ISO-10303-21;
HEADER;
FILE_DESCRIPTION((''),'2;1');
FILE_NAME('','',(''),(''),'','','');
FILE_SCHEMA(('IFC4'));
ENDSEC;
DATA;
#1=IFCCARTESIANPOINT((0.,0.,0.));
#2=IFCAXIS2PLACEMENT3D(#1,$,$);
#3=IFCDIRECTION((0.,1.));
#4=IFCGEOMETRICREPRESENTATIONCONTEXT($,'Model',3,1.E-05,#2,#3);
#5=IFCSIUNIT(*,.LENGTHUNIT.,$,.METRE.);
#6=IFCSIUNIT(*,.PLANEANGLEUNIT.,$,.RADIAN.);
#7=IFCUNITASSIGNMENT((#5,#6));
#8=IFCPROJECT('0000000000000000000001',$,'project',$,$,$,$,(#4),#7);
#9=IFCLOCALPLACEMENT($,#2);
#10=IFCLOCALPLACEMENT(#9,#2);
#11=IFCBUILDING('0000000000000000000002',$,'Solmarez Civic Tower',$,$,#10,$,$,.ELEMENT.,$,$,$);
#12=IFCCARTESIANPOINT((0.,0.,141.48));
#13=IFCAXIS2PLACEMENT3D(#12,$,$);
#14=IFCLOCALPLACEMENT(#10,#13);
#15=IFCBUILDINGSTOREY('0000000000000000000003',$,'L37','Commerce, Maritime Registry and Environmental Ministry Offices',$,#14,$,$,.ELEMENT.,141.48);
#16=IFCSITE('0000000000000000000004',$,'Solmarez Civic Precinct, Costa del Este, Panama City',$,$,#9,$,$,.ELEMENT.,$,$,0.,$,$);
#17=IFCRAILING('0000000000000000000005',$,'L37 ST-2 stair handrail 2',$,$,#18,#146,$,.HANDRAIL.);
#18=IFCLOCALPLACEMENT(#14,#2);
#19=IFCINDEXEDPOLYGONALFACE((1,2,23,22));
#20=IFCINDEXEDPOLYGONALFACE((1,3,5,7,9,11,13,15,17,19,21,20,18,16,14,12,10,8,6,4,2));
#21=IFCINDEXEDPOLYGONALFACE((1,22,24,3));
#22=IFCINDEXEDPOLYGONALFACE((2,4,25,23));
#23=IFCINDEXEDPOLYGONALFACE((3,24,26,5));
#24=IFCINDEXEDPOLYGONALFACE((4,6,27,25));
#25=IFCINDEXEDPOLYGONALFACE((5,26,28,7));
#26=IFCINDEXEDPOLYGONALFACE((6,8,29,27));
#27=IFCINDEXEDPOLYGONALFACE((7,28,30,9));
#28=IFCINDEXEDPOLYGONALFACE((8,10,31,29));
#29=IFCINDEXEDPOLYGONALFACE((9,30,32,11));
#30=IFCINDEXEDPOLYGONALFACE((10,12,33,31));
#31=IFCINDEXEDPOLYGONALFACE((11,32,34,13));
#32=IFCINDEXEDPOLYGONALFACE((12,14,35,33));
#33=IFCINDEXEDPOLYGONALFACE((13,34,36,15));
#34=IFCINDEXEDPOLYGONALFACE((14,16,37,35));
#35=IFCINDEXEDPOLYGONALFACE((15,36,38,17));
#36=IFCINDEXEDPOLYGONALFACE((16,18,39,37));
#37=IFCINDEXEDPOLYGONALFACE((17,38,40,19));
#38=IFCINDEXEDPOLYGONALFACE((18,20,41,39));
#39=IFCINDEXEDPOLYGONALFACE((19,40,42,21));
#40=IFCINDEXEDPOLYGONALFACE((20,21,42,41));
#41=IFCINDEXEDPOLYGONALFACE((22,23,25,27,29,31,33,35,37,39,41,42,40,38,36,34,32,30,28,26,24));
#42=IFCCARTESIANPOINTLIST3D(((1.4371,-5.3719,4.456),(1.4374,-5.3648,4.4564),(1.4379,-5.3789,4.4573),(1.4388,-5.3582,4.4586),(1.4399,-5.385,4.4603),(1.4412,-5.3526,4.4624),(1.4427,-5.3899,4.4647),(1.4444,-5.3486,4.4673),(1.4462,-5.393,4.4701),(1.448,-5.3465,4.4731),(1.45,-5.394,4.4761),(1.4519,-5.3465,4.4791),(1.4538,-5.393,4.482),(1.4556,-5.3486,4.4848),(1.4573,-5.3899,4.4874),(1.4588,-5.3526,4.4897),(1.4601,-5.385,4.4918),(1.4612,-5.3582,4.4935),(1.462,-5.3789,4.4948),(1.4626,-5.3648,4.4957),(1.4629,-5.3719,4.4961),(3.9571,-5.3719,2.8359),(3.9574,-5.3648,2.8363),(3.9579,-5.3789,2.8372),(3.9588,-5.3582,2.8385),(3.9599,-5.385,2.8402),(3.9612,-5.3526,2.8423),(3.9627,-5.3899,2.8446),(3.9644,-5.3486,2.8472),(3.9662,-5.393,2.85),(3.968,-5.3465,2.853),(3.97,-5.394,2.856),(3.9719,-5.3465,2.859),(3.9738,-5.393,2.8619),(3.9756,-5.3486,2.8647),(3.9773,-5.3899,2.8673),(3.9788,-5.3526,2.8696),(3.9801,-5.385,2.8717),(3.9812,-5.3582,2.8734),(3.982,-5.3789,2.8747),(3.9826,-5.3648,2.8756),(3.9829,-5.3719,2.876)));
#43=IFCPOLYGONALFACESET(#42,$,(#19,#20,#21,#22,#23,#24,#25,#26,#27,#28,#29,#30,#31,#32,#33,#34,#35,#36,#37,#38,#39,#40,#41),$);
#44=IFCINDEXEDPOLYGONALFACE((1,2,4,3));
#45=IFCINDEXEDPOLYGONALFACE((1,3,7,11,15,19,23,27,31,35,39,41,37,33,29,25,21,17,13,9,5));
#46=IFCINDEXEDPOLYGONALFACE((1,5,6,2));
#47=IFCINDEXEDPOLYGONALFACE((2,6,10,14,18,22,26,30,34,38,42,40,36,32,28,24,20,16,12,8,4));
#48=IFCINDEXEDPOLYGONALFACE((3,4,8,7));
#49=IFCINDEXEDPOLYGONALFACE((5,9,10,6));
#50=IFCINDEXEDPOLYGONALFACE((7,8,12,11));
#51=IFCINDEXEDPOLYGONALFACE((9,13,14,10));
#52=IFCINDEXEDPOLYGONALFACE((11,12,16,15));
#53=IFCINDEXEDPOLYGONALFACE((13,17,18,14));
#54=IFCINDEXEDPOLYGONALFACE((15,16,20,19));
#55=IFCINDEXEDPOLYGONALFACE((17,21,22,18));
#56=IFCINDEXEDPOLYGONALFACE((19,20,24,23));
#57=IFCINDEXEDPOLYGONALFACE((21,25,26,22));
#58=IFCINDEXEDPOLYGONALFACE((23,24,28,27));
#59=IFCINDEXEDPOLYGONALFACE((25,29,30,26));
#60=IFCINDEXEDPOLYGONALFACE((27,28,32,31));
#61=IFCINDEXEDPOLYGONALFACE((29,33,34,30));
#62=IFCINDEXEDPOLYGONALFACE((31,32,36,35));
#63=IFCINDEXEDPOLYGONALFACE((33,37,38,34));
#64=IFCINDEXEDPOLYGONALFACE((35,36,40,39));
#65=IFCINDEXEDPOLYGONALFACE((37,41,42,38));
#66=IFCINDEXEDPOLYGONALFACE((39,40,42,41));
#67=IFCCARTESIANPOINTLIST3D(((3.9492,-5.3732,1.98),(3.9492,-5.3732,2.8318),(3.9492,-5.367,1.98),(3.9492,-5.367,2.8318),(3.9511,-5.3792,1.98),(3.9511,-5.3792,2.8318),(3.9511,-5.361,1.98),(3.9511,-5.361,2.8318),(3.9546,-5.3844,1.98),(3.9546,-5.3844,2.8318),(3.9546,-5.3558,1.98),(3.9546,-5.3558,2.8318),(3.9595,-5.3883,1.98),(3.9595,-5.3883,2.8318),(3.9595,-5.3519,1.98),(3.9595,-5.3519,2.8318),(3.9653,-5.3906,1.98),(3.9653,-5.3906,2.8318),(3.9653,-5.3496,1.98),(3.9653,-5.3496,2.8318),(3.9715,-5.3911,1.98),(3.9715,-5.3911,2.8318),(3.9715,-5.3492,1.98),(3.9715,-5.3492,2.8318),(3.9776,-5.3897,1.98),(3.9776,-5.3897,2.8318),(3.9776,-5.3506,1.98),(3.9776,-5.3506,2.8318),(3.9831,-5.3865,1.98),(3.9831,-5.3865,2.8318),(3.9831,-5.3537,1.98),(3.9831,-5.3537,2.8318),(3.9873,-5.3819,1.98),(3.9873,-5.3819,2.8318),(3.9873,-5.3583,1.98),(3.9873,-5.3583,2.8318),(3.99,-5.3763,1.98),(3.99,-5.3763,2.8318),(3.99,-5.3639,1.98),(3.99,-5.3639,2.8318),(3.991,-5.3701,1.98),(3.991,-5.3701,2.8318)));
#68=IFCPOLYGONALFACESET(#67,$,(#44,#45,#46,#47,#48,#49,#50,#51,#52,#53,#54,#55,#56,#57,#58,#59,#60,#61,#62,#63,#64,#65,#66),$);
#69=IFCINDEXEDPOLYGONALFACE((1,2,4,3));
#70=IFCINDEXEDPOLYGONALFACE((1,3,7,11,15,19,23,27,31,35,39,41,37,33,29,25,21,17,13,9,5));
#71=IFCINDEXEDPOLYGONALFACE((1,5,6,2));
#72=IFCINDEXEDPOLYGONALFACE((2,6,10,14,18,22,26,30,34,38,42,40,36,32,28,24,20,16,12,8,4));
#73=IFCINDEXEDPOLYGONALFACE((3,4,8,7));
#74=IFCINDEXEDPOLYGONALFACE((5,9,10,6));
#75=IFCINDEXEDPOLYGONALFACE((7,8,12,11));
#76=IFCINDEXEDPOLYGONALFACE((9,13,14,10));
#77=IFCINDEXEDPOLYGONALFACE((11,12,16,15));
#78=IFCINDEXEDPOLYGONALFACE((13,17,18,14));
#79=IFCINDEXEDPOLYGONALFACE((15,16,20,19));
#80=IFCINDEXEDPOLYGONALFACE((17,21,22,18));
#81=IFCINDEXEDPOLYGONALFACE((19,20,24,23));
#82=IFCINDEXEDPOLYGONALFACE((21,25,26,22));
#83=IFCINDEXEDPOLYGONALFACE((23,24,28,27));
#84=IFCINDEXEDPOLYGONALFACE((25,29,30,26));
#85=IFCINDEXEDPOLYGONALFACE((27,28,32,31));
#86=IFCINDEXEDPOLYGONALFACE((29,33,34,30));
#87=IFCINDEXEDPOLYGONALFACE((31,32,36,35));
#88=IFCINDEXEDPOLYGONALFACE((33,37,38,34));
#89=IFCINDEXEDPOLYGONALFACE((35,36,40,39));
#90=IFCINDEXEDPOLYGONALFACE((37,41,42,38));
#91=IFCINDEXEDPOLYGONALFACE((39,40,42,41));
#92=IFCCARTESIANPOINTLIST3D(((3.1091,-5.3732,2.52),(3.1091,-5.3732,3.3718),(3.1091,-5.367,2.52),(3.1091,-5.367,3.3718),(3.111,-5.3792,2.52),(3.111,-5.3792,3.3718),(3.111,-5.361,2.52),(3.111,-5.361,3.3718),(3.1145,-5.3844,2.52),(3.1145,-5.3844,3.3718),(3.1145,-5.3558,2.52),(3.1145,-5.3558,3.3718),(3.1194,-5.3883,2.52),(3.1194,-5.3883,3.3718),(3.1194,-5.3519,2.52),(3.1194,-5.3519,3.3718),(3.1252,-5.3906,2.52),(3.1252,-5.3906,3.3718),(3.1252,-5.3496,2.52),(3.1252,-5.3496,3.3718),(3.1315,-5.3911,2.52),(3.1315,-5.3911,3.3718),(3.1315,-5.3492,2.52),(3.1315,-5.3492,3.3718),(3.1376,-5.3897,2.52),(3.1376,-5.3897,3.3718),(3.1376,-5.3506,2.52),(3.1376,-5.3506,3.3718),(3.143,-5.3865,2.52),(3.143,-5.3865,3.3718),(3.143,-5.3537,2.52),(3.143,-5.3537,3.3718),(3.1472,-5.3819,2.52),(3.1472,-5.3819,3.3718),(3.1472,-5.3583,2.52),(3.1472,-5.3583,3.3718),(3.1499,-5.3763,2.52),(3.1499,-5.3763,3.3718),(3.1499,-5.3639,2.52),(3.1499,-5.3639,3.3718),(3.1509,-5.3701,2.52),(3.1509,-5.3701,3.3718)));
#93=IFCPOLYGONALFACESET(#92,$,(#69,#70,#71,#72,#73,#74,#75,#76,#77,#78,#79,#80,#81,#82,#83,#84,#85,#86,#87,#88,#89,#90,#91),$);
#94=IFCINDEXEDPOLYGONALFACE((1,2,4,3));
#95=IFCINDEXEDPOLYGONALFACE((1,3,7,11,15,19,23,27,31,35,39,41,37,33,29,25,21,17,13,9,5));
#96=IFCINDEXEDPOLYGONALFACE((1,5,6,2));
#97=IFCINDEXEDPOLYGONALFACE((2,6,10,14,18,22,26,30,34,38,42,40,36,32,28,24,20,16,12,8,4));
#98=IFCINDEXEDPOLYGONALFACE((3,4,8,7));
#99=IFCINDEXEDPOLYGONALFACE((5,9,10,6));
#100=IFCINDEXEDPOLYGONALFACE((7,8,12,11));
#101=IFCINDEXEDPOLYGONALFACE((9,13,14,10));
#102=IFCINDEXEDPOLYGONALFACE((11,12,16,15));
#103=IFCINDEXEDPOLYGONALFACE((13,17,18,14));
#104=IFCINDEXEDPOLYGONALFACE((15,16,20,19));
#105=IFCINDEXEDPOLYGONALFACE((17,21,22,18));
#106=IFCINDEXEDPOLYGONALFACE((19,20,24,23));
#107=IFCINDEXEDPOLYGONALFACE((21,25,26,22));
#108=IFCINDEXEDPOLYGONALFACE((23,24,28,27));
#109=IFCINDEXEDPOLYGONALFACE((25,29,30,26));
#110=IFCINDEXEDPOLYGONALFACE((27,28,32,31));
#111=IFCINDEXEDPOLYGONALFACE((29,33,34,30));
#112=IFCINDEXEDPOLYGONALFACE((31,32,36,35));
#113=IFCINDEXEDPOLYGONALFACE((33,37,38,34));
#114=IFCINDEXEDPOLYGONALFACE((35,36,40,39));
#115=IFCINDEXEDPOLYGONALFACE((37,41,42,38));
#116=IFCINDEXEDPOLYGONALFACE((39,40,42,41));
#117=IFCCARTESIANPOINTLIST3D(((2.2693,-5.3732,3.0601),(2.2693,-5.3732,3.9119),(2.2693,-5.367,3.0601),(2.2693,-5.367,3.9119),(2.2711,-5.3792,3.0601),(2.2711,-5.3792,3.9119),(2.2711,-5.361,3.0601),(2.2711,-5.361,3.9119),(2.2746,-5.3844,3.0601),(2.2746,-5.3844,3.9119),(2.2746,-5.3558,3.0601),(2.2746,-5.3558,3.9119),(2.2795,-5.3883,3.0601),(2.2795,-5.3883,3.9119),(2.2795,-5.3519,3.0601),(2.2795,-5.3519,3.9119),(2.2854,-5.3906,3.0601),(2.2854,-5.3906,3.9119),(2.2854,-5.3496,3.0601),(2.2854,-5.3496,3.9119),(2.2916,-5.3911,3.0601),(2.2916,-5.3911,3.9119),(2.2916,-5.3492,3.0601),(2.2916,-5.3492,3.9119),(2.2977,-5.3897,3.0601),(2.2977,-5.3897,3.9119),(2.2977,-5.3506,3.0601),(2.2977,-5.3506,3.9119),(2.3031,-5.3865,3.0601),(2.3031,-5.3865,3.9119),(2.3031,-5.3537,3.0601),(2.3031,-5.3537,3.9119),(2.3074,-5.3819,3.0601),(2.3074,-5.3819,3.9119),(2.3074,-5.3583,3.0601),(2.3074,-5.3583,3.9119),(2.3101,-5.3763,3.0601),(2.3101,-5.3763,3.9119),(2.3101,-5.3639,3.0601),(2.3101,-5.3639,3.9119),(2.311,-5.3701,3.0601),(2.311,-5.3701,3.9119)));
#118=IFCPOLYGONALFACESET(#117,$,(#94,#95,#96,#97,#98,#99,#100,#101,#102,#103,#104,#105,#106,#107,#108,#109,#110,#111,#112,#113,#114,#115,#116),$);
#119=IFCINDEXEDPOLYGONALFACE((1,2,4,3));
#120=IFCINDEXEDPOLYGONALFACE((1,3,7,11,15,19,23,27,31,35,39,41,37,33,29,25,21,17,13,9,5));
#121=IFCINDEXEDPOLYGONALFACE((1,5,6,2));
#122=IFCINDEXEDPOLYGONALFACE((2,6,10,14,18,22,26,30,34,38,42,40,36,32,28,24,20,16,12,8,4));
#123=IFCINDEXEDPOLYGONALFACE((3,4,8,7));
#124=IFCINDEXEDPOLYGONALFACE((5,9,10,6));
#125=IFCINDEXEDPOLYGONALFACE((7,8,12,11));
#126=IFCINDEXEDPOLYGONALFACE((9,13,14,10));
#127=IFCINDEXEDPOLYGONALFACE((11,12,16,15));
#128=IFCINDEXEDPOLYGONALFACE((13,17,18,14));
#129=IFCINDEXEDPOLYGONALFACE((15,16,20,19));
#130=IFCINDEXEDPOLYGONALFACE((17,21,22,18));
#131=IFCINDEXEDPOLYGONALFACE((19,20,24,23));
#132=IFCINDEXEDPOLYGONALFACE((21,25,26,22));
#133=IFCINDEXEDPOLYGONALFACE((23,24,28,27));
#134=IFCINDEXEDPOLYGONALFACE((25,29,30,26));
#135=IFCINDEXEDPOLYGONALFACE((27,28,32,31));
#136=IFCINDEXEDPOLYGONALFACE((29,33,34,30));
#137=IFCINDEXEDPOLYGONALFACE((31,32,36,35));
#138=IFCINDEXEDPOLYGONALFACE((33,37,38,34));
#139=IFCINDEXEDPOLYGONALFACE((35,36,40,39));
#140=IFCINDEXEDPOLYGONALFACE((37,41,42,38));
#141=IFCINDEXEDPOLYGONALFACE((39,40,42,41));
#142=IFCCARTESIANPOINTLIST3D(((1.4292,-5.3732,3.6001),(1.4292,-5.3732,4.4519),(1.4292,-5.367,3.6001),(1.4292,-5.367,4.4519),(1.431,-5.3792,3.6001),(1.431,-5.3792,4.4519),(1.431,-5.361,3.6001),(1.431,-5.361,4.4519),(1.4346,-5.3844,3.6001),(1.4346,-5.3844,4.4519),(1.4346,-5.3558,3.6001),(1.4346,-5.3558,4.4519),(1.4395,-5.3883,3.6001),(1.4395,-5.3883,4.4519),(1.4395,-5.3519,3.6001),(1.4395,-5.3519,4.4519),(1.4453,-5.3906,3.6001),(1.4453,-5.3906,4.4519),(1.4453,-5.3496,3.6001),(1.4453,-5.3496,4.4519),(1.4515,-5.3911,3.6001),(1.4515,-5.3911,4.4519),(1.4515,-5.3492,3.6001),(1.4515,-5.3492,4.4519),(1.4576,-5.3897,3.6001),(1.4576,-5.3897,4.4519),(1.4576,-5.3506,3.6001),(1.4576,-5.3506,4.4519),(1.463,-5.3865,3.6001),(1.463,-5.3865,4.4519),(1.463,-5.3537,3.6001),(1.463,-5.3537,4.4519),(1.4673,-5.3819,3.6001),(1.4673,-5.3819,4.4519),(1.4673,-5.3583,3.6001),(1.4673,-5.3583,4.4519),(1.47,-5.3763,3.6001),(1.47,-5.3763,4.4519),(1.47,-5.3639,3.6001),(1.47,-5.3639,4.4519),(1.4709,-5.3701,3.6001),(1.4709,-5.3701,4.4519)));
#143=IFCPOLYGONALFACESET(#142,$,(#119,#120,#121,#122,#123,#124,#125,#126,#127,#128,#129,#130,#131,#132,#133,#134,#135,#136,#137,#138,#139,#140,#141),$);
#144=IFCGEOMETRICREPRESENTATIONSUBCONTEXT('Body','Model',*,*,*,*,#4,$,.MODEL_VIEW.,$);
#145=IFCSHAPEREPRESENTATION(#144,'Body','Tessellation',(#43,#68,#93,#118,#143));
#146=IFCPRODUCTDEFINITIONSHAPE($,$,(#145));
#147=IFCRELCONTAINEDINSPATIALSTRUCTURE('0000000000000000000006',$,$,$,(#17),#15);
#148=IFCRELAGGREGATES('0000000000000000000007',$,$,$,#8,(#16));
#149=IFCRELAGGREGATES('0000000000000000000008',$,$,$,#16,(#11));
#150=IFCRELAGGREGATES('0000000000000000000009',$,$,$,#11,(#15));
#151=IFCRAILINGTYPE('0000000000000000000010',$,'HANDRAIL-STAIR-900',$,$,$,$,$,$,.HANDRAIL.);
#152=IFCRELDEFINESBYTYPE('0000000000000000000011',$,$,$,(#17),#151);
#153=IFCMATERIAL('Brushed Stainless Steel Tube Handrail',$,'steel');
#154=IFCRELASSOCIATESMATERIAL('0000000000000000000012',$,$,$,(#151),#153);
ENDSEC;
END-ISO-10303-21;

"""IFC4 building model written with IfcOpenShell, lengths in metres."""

from ifc_helpers import new_model, si_unit, direction, frame, origin, origin_2d, place, context, subcontext, project, spatial, circle, extrude, material, type_object, element, save


model = new_model("IFC4")

# Units and contexts
model_context = context("Model", 3, precision=1e-05, world=origin(), true_north=direction((0.0, 1.0)))
body_context = subcontext(model_context, "Body", "Model", "MODEL_VIEW")
ifc_project = project(units=[si_unit("LENGTHUNIT", "METRE"), si_unit("PLANEANGLEUNIT", "RADIAN")], contexts=[model_context])

# Site, building, storey
site_placement = place(None, origin())
site = spatial("IfcSite", under=ifc_project, at=site_placement, Name="Solmarez Civic Precinct, Costa del Este, Panama City", CompositionType="ELEMENT", RefElevation=0.0)
building_placement = place(site_placement, origin())
building = spatial("IfcBuilding", under=site, at=building_placement, Name="Solmarez Civic Tower", CompositionType="ELEMENT")
storey_placement = place(building_placement, frame((0.0, 0.0, 141.48)))
storey = spatial("IfcBuildingStorey", under=building, at=storey_placement, Name="L37", Description="Commerce, Maritime Registry and Environmental Ministry Offices", CompositionType="ELEMENT", Elevation=141.48)

# Railing
ifc_material_1 = material(Name="Brushed Stainless Steel Tube Handrail", Category="steel")
railing_type_1 = type_object("IfcRailingType", Name="HANDRAIL-STAIR-900", PredefinedType="HANDRAIL", material=ifc_material_1)
railing_1_placement = place(storey_placement, frame((3.97, -5.3701, 1.98)))
element("IfcRailing", 1, at=railing_1_placement, inside=storey, type_object=railing_type_1, Name="L37 ST-2 stair handrail 2", PredefinedType="HANDRAIL", context=body_context, shape_type="SweptSolid", body=[
    extrude(circle(Radius=0.0239, at=origin_2d()), frame((0.0, 0.0, 0.876), z_axis=(-0.841163, 0.0, 0.540782), x_axis=(0.0, -1.0, 0.0)), (0.0, 0.0, 1.0), 2.9958),
    extrude(circle(Radius=0.021, at=origin_2d()), origin(), (0.0, 0.0, 1.0), 0.8518),
    extrude(circle(Radius=0.021, at=origin_2d()), frame((-0.8401, 0.0, 0.54)), (0.0, 0.0, 1.0), 0.8518),
    extrude(circle(Radius=0.021, at=origin_2d()), frame((-1.6799, 0.0, 1.0801)), (0.0, 0.0, 1.0), 0.8518),
    extrude(circle(Radius=0.021, at=origin_2d()), frame((-2.52, 0.0, 1.6201)), (0.0, 0.0, 1.0), 0.8518),
])

save(model, "model.ifc")
